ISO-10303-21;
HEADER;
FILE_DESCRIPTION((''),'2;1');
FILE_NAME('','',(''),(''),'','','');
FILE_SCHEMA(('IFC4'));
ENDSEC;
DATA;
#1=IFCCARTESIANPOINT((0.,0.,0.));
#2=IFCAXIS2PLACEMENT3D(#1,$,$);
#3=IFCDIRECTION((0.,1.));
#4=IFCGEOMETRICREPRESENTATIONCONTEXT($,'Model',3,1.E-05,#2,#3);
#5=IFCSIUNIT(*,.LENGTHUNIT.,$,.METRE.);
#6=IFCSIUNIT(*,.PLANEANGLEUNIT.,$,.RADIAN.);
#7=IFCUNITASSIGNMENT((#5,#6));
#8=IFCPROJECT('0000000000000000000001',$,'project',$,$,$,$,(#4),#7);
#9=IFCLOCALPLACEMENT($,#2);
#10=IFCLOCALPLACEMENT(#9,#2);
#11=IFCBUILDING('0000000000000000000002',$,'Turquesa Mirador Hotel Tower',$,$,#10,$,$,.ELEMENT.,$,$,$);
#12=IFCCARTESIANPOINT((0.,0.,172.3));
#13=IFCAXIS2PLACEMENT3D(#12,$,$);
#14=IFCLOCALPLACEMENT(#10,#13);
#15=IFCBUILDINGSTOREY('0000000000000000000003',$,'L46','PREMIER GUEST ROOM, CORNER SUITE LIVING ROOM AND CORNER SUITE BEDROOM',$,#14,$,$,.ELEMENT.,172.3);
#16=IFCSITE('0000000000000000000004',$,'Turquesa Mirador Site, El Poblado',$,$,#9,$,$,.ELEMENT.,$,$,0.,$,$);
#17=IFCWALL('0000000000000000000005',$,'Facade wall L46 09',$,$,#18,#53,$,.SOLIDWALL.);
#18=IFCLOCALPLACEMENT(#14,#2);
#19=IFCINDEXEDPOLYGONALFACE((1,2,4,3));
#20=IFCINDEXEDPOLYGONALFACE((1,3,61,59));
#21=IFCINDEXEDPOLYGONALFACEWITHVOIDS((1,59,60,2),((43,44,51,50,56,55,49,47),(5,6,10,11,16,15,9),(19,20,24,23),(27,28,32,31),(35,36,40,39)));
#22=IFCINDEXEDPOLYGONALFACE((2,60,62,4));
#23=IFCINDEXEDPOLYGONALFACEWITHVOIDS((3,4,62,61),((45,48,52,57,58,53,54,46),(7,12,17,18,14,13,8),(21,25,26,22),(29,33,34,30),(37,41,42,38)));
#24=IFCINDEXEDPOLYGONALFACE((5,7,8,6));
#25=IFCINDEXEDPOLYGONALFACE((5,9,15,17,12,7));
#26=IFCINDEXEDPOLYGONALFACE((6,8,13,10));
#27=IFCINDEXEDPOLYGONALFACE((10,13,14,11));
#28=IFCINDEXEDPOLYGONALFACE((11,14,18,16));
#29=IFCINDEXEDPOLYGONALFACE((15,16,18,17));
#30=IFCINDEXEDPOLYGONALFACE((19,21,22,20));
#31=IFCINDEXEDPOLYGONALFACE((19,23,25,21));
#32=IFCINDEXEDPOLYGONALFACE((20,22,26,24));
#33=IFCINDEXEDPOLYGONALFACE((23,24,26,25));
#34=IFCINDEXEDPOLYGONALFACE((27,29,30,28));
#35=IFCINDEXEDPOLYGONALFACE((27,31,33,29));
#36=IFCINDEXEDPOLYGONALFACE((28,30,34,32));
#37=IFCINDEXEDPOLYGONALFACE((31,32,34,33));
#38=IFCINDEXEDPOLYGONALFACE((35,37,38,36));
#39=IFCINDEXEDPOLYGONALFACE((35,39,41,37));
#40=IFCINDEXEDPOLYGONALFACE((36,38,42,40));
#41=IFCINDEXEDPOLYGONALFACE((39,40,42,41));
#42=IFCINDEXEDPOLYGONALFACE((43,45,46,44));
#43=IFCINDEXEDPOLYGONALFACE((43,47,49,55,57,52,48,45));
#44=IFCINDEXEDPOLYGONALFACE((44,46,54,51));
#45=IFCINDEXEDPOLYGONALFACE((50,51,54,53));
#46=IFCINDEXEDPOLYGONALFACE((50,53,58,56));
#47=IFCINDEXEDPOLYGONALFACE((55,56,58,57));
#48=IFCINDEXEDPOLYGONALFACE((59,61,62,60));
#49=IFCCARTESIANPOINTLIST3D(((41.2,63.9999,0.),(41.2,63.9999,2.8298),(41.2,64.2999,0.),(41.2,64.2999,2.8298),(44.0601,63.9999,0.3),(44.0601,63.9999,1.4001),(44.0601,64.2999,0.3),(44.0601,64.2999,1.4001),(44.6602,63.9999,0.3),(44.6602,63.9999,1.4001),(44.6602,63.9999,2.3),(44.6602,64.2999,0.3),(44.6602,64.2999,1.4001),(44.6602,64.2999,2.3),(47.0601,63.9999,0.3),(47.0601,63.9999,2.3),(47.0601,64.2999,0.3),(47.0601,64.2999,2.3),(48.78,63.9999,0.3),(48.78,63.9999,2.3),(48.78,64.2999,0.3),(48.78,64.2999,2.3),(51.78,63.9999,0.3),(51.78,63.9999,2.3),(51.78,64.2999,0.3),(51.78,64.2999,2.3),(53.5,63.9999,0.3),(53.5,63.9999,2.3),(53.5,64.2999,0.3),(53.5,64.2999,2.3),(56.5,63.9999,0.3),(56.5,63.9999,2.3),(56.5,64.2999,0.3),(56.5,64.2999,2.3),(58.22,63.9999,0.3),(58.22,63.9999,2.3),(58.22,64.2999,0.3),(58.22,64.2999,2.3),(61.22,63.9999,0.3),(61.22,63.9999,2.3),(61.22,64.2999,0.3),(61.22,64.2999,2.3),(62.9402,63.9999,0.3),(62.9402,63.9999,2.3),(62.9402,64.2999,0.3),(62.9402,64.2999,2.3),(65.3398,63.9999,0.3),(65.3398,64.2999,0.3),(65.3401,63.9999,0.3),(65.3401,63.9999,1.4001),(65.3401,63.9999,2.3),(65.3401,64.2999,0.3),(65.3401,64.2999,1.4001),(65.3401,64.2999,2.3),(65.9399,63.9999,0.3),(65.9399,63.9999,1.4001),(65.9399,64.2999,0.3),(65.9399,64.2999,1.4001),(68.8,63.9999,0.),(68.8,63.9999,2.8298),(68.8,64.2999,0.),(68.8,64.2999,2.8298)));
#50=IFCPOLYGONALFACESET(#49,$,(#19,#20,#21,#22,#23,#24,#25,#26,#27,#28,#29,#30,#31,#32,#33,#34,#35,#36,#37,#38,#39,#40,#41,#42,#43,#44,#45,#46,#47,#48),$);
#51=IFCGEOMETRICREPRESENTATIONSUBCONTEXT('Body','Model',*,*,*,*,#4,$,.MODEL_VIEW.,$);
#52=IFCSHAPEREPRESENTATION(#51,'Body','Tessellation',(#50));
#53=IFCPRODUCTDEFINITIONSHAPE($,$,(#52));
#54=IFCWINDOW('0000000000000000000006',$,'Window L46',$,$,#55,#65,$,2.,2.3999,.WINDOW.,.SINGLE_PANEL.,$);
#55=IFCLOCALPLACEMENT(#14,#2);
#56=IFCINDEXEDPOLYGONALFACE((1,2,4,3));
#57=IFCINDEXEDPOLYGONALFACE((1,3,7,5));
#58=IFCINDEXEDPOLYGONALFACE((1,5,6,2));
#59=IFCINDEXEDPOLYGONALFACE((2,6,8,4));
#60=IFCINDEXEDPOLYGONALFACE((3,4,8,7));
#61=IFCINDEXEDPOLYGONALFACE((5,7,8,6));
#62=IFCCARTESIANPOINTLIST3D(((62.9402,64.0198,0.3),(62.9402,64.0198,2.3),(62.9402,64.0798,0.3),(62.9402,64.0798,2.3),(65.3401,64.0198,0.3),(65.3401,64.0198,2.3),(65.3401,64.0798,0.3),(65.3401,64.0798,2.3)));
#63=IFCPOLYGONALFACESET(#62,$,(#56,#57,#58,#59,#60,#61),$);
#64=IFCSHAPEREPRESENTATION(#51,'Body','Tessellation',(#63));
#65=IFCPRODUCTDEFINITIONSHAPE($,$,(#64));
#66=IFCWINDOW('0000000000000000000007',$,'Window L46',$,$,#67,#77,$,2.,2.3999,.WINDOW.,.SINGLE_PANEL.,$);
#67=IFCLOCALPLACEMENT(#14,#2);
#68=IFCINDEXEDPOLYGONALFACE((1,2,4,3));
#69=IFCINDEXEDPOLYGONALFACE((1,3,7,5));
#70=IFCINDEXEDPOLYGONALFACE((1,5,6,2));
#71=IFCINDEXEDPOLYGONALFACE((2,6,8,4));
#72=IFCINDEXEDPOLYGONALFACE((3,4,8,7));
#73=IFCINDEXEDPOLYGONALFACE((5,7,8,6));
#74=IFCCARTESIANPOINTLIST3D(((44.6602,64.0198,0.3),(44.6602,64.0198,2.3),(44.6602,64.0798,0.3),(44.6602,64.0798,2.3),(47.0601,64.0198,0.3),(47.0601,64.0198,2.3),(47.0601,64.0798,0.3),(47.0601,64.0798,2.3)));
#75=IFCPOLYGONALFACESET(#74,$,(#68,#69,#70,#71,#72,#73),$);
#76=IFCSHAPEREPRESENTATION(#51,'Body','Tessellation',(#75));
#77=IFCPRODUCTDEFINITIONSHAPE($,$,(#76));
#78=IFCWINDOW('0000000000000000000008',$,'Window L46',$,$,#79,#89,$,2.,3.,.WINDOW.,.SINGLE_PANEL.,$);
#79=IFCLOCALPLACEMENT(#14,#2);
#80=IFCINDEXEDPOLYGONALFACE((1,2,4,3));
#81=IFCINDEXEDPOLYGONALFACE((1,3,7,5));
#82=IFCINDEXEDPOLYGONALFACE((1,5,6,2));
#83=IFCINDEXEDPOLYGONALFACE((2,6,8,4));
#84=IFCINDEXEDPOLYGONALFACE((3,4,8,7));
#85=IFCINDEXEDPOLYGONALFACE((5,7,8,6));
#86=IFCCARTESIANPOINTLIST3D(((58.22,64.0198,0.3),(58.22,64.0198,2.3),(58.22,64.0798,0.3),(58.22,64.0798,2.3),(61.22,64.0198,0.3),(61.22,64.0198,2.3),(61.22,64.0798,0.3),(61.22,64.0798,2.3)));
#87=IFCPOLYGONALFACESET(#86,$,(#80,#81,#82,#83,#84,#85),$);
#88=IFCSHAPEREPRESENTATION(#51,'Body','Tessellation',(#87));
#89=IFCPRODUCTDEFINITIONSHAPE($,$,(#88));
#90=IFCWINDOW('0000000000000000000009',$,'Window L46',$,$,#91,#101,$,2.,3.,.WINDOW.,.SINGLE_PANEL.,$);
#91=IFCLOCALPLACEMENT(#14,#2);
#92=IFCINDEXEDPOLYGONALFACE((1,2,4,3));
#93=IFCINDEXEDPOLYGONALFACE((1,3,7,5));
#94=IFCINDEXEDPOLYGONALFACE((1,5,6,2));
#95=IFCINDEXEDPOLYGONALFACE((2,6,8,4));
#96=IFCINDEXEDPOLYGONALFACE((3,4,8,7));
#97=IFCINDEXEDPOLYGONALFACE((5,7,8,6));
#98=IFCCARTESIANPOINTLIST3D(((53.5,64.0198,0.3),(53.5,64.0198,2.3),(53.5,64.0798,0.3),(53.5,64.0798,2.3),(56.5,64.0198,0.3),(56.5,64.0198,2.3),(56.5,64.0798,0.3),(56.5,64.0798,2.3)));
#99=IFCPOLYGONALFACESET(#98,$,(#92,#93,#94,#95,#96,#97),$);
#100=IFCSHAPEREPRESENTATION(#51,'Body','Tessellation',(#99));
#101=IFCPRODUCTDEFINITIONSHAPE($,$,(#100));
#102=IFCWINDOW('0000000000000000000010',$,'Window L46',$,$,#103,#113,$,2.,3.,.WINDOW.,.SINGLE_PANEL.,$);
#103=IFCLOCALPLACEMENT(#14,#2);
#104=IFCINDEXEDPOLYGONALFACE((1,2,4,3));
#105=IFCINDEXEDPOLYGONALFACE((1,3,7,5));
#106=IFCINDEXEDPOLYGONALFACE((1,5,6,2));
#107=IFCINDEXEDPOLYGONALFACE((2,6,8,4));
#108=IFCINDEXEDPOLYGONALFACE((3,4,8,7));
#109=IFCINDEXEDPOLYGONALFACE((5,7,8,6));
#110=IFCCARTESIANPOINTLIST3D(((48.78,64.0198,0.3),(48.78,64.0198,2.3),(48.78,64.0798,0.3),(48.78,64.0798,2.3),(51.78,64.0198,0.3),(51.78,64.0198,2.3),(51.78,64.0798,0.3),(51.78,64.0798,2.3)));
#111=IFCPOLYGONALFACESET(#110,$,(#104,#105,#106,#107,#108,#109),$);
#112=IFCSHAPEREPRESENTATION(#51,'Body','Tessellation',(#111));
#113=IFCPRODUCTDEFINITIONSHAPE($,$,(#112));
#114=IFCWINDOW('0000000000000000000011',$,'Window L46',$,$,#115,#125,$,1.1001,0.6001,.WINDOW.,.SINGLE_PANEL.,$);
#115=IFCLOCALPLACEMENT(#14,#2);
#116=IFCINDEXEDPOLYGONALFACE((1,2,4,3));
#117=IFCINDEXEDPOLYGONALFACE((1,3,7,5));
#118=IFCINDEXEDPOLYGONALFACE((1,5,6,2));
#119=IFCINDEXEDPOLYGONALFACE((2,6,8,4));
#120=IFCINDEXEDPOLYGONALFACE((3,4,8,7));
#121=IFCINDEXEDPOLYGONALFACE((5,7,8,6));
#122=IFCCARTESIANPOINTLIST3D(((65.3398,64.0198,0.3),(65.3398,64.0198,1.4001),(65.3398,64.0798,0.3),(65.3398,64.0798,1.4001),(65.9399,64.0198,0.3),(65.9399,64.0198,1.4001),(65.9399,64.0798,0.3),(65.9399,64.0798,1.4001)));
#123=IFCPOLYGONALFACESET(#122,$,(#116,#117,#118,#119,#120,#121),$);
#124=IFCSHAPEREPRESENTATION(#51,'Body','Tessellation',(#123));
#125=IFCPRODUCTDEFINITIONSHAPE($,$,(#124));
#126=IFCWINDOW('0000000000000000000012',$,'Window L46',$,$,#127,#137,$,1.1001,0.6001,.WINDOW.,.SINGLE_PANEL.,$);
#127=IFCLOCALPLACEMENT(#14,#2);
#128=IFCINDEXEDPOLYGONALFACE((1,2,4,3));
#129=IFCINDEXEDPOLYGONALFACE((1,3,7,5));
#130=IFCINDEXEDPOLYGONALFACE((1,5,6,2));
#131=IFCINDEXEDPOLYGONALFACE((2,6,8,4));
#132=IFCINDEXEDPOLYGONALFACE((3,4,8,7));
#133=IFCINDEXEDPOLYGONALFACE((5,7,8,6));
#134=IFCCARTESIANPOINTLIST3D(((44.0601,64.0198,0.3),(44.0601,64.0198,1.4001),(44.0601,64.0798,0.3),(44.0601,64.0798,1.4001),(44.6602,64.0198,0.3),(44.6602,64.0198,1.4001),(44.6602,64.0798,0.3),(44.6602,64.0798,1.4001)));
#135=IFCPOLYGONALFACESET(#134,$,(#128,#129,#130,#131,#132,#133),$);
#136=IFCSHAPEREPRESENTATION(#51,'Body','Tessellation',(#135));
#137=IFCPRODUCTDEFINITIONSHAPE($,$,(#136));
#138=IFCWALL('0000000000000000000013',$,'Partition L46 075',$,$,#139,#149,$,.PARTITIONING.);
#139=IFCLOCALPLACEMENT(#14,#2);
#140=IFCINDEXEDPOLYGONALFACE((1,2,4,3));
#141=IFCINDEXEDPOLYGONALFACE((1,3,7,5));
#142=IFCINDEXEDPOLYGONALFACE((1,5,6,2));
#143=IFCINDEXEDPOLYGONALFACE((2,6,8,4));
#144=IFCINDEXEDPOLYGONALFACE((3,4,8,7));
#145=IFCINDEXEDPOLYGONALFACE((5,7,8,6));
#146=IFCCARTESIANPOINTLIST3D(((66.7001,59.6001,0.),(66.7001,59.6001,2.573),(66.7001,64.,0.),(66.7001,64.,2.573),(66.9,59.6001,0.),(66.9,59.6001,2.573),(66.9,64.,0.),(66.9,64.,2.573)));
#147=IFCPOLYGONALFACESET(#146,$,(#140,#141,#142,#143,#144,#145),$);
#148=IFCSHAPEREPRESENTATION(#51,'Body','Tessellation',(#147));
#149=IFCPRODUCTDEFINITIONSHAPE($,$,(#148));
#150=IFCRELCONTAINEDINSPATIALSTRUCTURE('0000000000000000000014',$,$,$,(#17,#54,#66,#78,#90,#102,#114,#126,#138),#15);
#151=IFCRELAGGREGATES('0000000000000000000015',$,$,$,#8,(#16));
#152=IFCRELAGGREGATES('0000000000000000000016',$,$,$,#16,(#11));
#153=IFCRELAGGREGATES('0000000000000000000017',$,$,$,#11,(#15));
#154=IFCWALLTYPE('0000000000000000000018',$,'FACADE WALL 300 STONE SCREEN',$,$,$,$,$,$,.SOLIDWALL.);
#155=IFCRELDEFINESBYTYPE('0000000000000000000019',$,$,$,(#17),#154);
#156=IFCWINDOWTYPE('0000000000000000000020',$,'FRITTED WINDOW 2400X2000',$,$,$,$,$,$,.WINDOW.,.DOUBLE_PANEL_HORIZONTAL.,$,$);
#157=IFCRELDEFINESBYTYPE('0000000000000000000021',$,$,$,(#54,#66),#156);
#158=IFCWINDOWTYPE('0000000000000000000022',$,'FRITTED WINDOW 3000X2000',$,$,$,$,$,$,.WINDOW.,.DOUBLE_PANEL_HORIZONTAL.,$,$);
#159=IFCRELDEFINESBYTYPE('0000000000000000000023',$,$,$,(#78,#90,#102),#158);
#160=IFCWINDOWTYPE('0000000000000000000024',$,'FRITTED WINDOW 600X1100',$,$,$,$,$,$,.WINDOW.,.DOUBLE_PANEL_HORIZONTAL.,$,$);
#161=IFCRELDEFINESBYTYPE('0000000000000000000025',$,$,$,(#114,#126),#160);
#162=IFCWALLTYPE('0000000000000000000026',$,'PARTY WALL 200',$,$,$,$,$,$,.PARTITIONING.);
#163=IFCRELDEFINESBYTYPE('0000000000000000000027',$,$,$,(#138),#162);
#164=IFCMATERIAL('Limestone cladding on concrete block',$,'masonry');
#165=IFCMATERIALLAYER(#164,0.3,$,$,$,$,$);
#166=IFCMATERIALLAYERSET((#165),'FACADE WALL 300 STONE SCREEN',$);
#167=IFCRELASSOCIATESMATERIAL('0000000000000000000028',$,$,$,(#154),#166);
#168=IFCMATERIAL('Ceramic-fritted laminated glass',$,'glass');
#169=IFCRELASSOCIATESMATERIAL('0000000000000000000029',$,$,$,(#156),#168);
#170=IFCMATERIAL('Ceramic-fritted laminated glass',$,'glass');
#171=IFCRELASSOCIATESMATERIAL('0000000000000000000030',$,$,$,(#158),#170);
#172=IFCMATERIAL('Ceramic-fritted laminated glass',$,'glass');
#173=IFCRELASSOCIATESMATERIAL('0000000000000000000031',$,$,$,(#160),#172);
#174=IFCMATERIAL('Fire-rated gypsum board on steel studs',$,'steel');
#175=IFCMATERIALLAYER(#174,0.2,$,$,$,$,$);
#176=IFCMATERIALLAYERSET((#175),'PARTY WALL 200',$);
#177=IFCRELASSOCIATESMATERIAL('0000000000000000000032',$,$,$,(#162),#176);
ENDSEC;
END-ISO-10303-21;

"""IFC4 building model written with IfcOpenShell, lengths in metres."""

from ifc_helpers import new_model, si_unit, direction, frame, frame_2d, origin, place, context, subcontext, project, spatial, rectangle, extrude, material, layer, layer_set, type_object, element, fill, save


model = new_model("IFC4")

# Units and contexts
model_context = context("Model", 3, precision=1e-05, world=origin(), true_north=direction((0.0, 1.0)))
body_context = subcontext(model_context, "Body", "Model", "MODEL_VIEW")
ifc_project = project(units=[si_unit("LENGTHUNIT", "METRE"), si_unit("PLANEANGLEUNIT", "RADIAN")], contexts=[model_context])

# Site, building, storey
site_placement = place(None, origin())
site = spatial("IfcSite", under=ifc_project, at=site_placement, Name="Turquesa Mirador Site, El Poblado", CompositionType="ELEMENT", RefElevation=0.0)
building_placement = place(site_placement, origin())
building = spatial("IfcBuilding", under=site, at=building_placement, Name="Turquesa Mirador Hotel Tower", CompositionType="ELEMENT")
storey_placement = place(building_placement, frame((0.0, 0.0, 172.3)))
storey = spatial("IfcBuildingStorey", under=building, at=storey_placement, Name="L46", Description="PREMIER GUEST ROOM, CORNER SUITE LIVING ROOM AND CORNER SUITE BEDROOM", CompositionType="ELEMENT", Elevation=172.3)

# Shared definitions
ifc_material_1 = material(Name="Limestone cladding on concrete block", Category="masonry")
ifc_layer_1 = layer(ifc_material_1, 0.3)
ifc_layer_set_1 = layer_set([ifc_layer_1], Name="FACADE WALL 300 STONE SCREEN")
wall_type_1 = type_object("IfcWallType", Name="FACADE WALL 300 STONE SCREEN", PredefinedType="SOLIDWALL", material=ifc_layer_set_1)

# Wall, openings, windows
wall_1_placement = place(storey_placement, frame((68.8, 64.1499, 0.0), z_axis=(0.0, 0.0, 1.0), x_axis=(-1.0, 0.0, 0.0)))
wall_1 = element("IfcWall", 1, at=wall_1_placement, inside=storey, type_object=wall_type_1, Name="Facade wall L46 09", PredefinedType="SOLIDWALL", context=body_context, shape_type="SweptSolid", body=[
    extrude(rectangle(XDim=27.6001, YDim=0.3, at=frame_2d((13.8, 0.0))), origin(), (0.0, 0.0, 1.0), 2.8298),
])
opening_1_placement = place(wall_1_placement, frame((3.46, 0.0, 0.3)))
opening_1 = element("IfcOpeningElement", 2, at=opening_1_placement, cuts=wall_1, PredefinedType="OPENING", context=body_context, shape_type="SweptSolid", body=[
    extrude(rectangle(XDim=2.3999, YDim=2.0, at=frame_2d((1.2, 1.0))), frame((0.0, 0.1599, 0.0), z_axis=(0.0, -1.0, 0.0), x_axis=(1.0, 0.0, 0.0)), (0.0, 0.0, 1.0), 0.3201),
])
opening_2_placement = place(wall_1_placement, frame((7.5801, 0.0, 0.3)))
opening_2 = element("IfcOpeningElement", 3, at=opening_2_placement, cuts=wall_1, PredefinedType="OPENING", context=body_context, shape_type="SweptSolid", body=[
    extrude(rectangle(XDim=3.0, YDim=2.0, at=frame_2d((1.5, 1.0))), frame((0.0, 0.1599, 0.0), z_axis=(0.0, -1.0, 0.0), x_axis=(1.0, 0.0, 0.0)), (0.0, 0.0, 1.0), 0.3201),
])
opening_3_placement = place(wall_1_placement, frame((12.3, 0.0, 0.3)))
opening_3 = element("IfcOpeningElement", 4, at=opening_3_placement, cuts=wall_1, PredefinedType="OPENING", context=body_context, shape_type="SweptSolid", body=[
    extrude(rectangle(XDim=3.0, YDim=2.0, at=frame_2d((1.5, 1.0))), frame((0.0, 0.1599, 0.0), z_axis=(0.0, -1.0, 0.0), x_axis=(1.0, 0.0, 0.0)), (0.0, 0.0, 1.0), 0.3201),
])
opening_4_placement = place(wall_1_placement, frame((17.02, 0.0, 0.3)))
opening_4 = element("IfcOpeningElement", 5, at=opening_4_placement, cuts=wall_1, PredefinedType="OPENING", context=body_context, shape_type="SweptSolid", body=[
    extrude(rectangle(XDim=3.0, YDim=2.0, at=frame_2d((1.5, 1.0))), frame((0.0, 0.1599, 0.0), z_axis=(0.0, -1.0, 0.0), x_axis=(1.0, 0.0, 0.0)), (0.0, 0.0, 1.0), 0.3201),
])
opening_5_placement = place(wall_1_placement, frame((21.74, 0.0, 0.3)))
opening_5 = element("IfcOpeningElement", 6, at=opening_5_placement, cuts=wall_1, PredefinedType="OPENING", context=body_context, shape_type="SweptSolid", body=[
    extrude(rectangle(XDim=2.3999, YDim=2.0, at=frame_2d((1.2, 1.0))), frame((0.0, 0.1599, 0.0), z_axis=(0.0, -1.0, 0.0), x_axis=(1.0, 0.0, 0.0)), (0.0, 0.0, 1.0), 0.3201),
])
opening_6_placement = place(wall_1_placement, frame((2.8601, 0.0, 0.3)))
opening_6 = element("IfcOpeningElement", 7, at=opening_6_placement, cuts=wall_1, PredefinedType="OPENING", context=body_context, shape_type="SweptSolid", body=[
    extrude(rectangle(XDim=0.6001, YDim=1.1001, at=frame_2d((0.3, 0.55))), frame((0.0, 0.1599, 0.0), z_axis=(0.0, -1.0, 0.0), x_axis=(1.0, 0.0, 0.0)), (0.0, 0.0, 1.0), 0.3201),
])
opening_7_placement = place(wall_1_placement, frame((24.1399, 0.0, 0.3)))
opening_7 = element("IfcOpeningElement", 8, at=opening_7_placement, cuts=wall_1, PredefinedType="OPENING", context=body_context, shape_type="SweptSolid", body=[
    extrude(rectangle(XDim=0.6001, YDim=1.1001, at=frame_2d((0.3, 0.55))), frame((0.0, 0.1599, 0.0), z_axis=(0.0, -1.0, 0.0), x_axis=(1.0, 0.0, 0.0)), (0.0, 0.0, 1.0), 0.3201),
])
ifc_material_2 = material(Name="Ceramic-fritted laminated glass", Category="glass")
window_type_1 = type_object("IfcWindowType", Name="FRITTED WINDOW 2400X2000", PartitioningType="DOUBLE_PANEL_HORIZONTAL", PredefinedType="WINDOW", material=ifc_material_2)
window_1_placement = place(opening_1_placement, origin())
window_1 = element("IfcWindow", 9, at=window_1_placement, inside=storey, type_object=window_type_1, Name="Window L46", OverallHeight=2.0, OverallWidth=2.3999, PartitioningType="SINGLE_PANEL", PredefinedType="WINDOW", context=body_context, shape_type="SweptSolid", body=[
    extrude(rectangle(XDim=2.3999, YDim=2.0, at=frame_2d((1.2, 1.0))), frame((0.0, 0.1301, 0.0), z_axis=(0.0, -1.0, 0.0), x_axis=(1.0, 0.0, 0.0)), (0.0, 0.0, 1.0), 0.0601),
])
fill(opening_1, window_1)
window_2_placement = place(opening_5_placement, origin())
window_2 = element("IfcWindow", 10, at=window_2_placement, inside=storey, type_object=window_type_1, Name="Window L46", OverallHeight=2.0, OverallWidth=2.3999, PartitioningType="SINGLE_PANEL", PredefinedType="WINDOW", context=body_context, shape_type="SweptSolid", body=[
    extrude(rectangle(XDim=2.3999, YDim=2.0, at=frame_2d((1.2, 1.0))), frame((0.0, 0.1301, 0.0), z_axis=(0.0, -1.0, 0.0), x_axis=(1.0, 0.0, 0.0)), (0.0, 0.0, 1.0), 0.0601),
])
fill(opening_5, window_2)
ifc_material_3 = material(Name="Ceramic-fritted laminated glass", Category="glass")
window_type_2 = type_object("IfcWindowType", Name="FRITTED WINDOW 3000X2000", PartitioningType="DOUBLE_PANEL_HORIZONTAL", PredefinedType="WINDOW", material=ifc_material_3)
window_3_placement = place(opening_2_placement, origin())
window_3 = element("IfcWindow", 11, at=window_3_placement, inside=storey, type_object=window_type_2, Name="Window L46", OverallHeight=2.0, OverallWidth=3.0, PartitioningType="SINGLE_PANEL", PredefinedType="WINDOW", context=body_context, shape_type="SweptSolid", body=[
    extrude(rectangle(XDim=3.0, YDim=2.0, at=frame_2d((1.5, 1.0))), frame((0.0, 0.1301, 0.0), z_axis=(0.0, -1.0, 0.0), x_axis=(1.0, 0.0, 0.0)), (0.0, 0.0, 1.0), 0.0601),
])
fill(opening_2, window_3)
window_4_placement = place(opening_3_placement, origin())
window_4 = element("IfcWindow", 12, at=window_4_placement, inside=storey, type_object=window_type_2, Name="Window L46", OverallHeight=2.0, OverallWidth=3.0, PartitioningType="SINGLE_PANEL", PredefinedType="WINDOW", context=body_context, shape_type="SweptSolid", body=[
    extrude(rectangle(XDim=3.0, YDim=2.0, at=frame_2d((1.5, 1.0))), frame((0.0, 0.1301, 0.0), z_axis=(0.0, -1.0, 0.0), x_axis=(1.0, 0.0, 0.0)), (0.0, 0.0, 1.0), 0.0601),
])
fill(opening_3, window_4)
window_5_placement = place(opening_4_placement, origin())
window_5 = element("IfcWindow", 13, at=window_5_placement, inside=storey, type_object=window_type_2, Name="Window L46", OverallHeight=2.0, OverallWidth=3.0, PartitioningType="SINGLE_PANEL", PredefinedType="WINDOW", context=body_context, shape_type="SweptSolid", body=[
    extrude(rectangle(XDim=3.0, YDim=2.0, at=frame_2d((1.5, 1.0))), frame((0.0, 0.1301, 0.0), z_axis=(0.0, -1.0, 0.0), x_axis=(1.0, 0.0, 0.0)), (0.0, 0.0, 1.0), 0.0601),
])
fill(opening_4, window_5)
ifc_material_4 = material(Name="Ceramic-fritted laminated glass", Category="glass")
window_type_3 = type_object("IfcWindowType", Name="FRITTED WINDOW 600X1100", PartitioningType="DOUBLE_PANEL_HORIZONTAL", PredefinedType="WINDOW", material=ifc_material_4)
window_6_placement = place(opening_6_placement, origin())
window_6 = element("IfcWindow", 14, at=window_6_placement, inside=storey, type_object=window_type_3, Name="Window L46", OverallHeight=1.1001, OverallWidth=0.6001, PartitioningType="SINGLE_PANEL", PredefinedType="WINDOW", context=body_context, shape_type="SweptSolid", body=[
    extrude(rectangle(XDim=0.6001, YDim=1.1001, at=frame_2d((0.3, 0.55))), frame((0.0, 0.1301, 0.0), z_axis=(0.0, -1.0, 0.0), x_axis=(1.0, 0.0, 0.0)), (0.0, 0.0, 1.0), 0.0601),
])
fill(opening_6, window_6)
window_7_placement = place(opening_7_placement, origin())
window_7 = element("IfcWindow", 15, at=window_7_placement, inside=storey, type_object=window_type_3, Name="Window L46", OverallHeight=1.1001, OverallWidth=0.6001, PartitioningType="SINGLE_PANEL", PredefinedType="WINDOW", context=body_context, shape_type="SweptSolid", body=[
    extrude(rectangle(XDim=0.6001, YDim=1.1001, at=frame_2d((0.3, 0.55))), frame((0.0, 0.1301, 0.0), z_axis=(0.0, -1.0, 0.0), x_axis=(1.0, 0.0, 0.0)), (0.0, 0.0, 1.0), 0.0601),
])
fill(opening_7, window_7)

# Wall
ifc_material_5 = material(Name="Fire-rated gypsum board on steel studs", Category="steel")
ifc_layer_2 = layer(ifc_material_5, 0.2)
ifc_layer_set_2 = layer_set([ifc_layer_2], Name="PARTY WALL 200")
wall_type_2 = type_object("IfcWallType", Name="PARTY WALL 200", PredefinedType="PARTITIONING", material=ifc_layer_set_2)
wall_2_placement = place(storey_placement, frame((66.8, 59.6001, 0.0), z_axis=(0.0, 0.0, 1.0), x_axis=(0.0, 1.0, 0.0)))
element("IfcWall", 16, at=wall_2_placement, inside=storey, type_object=wall_type_2, Name="Partition L46 075", PredefinedType="PARTITIONING", context=body_context, shape_type="SweptSolid", body=[
    extrude(rectangle(XDim=4.3999, YDim=0.2, at=frame_2d((2.2, 0.0))), origin(), (0.0, 0.0, 1.0), 2.573),
])

save(model, "model.ifc")
